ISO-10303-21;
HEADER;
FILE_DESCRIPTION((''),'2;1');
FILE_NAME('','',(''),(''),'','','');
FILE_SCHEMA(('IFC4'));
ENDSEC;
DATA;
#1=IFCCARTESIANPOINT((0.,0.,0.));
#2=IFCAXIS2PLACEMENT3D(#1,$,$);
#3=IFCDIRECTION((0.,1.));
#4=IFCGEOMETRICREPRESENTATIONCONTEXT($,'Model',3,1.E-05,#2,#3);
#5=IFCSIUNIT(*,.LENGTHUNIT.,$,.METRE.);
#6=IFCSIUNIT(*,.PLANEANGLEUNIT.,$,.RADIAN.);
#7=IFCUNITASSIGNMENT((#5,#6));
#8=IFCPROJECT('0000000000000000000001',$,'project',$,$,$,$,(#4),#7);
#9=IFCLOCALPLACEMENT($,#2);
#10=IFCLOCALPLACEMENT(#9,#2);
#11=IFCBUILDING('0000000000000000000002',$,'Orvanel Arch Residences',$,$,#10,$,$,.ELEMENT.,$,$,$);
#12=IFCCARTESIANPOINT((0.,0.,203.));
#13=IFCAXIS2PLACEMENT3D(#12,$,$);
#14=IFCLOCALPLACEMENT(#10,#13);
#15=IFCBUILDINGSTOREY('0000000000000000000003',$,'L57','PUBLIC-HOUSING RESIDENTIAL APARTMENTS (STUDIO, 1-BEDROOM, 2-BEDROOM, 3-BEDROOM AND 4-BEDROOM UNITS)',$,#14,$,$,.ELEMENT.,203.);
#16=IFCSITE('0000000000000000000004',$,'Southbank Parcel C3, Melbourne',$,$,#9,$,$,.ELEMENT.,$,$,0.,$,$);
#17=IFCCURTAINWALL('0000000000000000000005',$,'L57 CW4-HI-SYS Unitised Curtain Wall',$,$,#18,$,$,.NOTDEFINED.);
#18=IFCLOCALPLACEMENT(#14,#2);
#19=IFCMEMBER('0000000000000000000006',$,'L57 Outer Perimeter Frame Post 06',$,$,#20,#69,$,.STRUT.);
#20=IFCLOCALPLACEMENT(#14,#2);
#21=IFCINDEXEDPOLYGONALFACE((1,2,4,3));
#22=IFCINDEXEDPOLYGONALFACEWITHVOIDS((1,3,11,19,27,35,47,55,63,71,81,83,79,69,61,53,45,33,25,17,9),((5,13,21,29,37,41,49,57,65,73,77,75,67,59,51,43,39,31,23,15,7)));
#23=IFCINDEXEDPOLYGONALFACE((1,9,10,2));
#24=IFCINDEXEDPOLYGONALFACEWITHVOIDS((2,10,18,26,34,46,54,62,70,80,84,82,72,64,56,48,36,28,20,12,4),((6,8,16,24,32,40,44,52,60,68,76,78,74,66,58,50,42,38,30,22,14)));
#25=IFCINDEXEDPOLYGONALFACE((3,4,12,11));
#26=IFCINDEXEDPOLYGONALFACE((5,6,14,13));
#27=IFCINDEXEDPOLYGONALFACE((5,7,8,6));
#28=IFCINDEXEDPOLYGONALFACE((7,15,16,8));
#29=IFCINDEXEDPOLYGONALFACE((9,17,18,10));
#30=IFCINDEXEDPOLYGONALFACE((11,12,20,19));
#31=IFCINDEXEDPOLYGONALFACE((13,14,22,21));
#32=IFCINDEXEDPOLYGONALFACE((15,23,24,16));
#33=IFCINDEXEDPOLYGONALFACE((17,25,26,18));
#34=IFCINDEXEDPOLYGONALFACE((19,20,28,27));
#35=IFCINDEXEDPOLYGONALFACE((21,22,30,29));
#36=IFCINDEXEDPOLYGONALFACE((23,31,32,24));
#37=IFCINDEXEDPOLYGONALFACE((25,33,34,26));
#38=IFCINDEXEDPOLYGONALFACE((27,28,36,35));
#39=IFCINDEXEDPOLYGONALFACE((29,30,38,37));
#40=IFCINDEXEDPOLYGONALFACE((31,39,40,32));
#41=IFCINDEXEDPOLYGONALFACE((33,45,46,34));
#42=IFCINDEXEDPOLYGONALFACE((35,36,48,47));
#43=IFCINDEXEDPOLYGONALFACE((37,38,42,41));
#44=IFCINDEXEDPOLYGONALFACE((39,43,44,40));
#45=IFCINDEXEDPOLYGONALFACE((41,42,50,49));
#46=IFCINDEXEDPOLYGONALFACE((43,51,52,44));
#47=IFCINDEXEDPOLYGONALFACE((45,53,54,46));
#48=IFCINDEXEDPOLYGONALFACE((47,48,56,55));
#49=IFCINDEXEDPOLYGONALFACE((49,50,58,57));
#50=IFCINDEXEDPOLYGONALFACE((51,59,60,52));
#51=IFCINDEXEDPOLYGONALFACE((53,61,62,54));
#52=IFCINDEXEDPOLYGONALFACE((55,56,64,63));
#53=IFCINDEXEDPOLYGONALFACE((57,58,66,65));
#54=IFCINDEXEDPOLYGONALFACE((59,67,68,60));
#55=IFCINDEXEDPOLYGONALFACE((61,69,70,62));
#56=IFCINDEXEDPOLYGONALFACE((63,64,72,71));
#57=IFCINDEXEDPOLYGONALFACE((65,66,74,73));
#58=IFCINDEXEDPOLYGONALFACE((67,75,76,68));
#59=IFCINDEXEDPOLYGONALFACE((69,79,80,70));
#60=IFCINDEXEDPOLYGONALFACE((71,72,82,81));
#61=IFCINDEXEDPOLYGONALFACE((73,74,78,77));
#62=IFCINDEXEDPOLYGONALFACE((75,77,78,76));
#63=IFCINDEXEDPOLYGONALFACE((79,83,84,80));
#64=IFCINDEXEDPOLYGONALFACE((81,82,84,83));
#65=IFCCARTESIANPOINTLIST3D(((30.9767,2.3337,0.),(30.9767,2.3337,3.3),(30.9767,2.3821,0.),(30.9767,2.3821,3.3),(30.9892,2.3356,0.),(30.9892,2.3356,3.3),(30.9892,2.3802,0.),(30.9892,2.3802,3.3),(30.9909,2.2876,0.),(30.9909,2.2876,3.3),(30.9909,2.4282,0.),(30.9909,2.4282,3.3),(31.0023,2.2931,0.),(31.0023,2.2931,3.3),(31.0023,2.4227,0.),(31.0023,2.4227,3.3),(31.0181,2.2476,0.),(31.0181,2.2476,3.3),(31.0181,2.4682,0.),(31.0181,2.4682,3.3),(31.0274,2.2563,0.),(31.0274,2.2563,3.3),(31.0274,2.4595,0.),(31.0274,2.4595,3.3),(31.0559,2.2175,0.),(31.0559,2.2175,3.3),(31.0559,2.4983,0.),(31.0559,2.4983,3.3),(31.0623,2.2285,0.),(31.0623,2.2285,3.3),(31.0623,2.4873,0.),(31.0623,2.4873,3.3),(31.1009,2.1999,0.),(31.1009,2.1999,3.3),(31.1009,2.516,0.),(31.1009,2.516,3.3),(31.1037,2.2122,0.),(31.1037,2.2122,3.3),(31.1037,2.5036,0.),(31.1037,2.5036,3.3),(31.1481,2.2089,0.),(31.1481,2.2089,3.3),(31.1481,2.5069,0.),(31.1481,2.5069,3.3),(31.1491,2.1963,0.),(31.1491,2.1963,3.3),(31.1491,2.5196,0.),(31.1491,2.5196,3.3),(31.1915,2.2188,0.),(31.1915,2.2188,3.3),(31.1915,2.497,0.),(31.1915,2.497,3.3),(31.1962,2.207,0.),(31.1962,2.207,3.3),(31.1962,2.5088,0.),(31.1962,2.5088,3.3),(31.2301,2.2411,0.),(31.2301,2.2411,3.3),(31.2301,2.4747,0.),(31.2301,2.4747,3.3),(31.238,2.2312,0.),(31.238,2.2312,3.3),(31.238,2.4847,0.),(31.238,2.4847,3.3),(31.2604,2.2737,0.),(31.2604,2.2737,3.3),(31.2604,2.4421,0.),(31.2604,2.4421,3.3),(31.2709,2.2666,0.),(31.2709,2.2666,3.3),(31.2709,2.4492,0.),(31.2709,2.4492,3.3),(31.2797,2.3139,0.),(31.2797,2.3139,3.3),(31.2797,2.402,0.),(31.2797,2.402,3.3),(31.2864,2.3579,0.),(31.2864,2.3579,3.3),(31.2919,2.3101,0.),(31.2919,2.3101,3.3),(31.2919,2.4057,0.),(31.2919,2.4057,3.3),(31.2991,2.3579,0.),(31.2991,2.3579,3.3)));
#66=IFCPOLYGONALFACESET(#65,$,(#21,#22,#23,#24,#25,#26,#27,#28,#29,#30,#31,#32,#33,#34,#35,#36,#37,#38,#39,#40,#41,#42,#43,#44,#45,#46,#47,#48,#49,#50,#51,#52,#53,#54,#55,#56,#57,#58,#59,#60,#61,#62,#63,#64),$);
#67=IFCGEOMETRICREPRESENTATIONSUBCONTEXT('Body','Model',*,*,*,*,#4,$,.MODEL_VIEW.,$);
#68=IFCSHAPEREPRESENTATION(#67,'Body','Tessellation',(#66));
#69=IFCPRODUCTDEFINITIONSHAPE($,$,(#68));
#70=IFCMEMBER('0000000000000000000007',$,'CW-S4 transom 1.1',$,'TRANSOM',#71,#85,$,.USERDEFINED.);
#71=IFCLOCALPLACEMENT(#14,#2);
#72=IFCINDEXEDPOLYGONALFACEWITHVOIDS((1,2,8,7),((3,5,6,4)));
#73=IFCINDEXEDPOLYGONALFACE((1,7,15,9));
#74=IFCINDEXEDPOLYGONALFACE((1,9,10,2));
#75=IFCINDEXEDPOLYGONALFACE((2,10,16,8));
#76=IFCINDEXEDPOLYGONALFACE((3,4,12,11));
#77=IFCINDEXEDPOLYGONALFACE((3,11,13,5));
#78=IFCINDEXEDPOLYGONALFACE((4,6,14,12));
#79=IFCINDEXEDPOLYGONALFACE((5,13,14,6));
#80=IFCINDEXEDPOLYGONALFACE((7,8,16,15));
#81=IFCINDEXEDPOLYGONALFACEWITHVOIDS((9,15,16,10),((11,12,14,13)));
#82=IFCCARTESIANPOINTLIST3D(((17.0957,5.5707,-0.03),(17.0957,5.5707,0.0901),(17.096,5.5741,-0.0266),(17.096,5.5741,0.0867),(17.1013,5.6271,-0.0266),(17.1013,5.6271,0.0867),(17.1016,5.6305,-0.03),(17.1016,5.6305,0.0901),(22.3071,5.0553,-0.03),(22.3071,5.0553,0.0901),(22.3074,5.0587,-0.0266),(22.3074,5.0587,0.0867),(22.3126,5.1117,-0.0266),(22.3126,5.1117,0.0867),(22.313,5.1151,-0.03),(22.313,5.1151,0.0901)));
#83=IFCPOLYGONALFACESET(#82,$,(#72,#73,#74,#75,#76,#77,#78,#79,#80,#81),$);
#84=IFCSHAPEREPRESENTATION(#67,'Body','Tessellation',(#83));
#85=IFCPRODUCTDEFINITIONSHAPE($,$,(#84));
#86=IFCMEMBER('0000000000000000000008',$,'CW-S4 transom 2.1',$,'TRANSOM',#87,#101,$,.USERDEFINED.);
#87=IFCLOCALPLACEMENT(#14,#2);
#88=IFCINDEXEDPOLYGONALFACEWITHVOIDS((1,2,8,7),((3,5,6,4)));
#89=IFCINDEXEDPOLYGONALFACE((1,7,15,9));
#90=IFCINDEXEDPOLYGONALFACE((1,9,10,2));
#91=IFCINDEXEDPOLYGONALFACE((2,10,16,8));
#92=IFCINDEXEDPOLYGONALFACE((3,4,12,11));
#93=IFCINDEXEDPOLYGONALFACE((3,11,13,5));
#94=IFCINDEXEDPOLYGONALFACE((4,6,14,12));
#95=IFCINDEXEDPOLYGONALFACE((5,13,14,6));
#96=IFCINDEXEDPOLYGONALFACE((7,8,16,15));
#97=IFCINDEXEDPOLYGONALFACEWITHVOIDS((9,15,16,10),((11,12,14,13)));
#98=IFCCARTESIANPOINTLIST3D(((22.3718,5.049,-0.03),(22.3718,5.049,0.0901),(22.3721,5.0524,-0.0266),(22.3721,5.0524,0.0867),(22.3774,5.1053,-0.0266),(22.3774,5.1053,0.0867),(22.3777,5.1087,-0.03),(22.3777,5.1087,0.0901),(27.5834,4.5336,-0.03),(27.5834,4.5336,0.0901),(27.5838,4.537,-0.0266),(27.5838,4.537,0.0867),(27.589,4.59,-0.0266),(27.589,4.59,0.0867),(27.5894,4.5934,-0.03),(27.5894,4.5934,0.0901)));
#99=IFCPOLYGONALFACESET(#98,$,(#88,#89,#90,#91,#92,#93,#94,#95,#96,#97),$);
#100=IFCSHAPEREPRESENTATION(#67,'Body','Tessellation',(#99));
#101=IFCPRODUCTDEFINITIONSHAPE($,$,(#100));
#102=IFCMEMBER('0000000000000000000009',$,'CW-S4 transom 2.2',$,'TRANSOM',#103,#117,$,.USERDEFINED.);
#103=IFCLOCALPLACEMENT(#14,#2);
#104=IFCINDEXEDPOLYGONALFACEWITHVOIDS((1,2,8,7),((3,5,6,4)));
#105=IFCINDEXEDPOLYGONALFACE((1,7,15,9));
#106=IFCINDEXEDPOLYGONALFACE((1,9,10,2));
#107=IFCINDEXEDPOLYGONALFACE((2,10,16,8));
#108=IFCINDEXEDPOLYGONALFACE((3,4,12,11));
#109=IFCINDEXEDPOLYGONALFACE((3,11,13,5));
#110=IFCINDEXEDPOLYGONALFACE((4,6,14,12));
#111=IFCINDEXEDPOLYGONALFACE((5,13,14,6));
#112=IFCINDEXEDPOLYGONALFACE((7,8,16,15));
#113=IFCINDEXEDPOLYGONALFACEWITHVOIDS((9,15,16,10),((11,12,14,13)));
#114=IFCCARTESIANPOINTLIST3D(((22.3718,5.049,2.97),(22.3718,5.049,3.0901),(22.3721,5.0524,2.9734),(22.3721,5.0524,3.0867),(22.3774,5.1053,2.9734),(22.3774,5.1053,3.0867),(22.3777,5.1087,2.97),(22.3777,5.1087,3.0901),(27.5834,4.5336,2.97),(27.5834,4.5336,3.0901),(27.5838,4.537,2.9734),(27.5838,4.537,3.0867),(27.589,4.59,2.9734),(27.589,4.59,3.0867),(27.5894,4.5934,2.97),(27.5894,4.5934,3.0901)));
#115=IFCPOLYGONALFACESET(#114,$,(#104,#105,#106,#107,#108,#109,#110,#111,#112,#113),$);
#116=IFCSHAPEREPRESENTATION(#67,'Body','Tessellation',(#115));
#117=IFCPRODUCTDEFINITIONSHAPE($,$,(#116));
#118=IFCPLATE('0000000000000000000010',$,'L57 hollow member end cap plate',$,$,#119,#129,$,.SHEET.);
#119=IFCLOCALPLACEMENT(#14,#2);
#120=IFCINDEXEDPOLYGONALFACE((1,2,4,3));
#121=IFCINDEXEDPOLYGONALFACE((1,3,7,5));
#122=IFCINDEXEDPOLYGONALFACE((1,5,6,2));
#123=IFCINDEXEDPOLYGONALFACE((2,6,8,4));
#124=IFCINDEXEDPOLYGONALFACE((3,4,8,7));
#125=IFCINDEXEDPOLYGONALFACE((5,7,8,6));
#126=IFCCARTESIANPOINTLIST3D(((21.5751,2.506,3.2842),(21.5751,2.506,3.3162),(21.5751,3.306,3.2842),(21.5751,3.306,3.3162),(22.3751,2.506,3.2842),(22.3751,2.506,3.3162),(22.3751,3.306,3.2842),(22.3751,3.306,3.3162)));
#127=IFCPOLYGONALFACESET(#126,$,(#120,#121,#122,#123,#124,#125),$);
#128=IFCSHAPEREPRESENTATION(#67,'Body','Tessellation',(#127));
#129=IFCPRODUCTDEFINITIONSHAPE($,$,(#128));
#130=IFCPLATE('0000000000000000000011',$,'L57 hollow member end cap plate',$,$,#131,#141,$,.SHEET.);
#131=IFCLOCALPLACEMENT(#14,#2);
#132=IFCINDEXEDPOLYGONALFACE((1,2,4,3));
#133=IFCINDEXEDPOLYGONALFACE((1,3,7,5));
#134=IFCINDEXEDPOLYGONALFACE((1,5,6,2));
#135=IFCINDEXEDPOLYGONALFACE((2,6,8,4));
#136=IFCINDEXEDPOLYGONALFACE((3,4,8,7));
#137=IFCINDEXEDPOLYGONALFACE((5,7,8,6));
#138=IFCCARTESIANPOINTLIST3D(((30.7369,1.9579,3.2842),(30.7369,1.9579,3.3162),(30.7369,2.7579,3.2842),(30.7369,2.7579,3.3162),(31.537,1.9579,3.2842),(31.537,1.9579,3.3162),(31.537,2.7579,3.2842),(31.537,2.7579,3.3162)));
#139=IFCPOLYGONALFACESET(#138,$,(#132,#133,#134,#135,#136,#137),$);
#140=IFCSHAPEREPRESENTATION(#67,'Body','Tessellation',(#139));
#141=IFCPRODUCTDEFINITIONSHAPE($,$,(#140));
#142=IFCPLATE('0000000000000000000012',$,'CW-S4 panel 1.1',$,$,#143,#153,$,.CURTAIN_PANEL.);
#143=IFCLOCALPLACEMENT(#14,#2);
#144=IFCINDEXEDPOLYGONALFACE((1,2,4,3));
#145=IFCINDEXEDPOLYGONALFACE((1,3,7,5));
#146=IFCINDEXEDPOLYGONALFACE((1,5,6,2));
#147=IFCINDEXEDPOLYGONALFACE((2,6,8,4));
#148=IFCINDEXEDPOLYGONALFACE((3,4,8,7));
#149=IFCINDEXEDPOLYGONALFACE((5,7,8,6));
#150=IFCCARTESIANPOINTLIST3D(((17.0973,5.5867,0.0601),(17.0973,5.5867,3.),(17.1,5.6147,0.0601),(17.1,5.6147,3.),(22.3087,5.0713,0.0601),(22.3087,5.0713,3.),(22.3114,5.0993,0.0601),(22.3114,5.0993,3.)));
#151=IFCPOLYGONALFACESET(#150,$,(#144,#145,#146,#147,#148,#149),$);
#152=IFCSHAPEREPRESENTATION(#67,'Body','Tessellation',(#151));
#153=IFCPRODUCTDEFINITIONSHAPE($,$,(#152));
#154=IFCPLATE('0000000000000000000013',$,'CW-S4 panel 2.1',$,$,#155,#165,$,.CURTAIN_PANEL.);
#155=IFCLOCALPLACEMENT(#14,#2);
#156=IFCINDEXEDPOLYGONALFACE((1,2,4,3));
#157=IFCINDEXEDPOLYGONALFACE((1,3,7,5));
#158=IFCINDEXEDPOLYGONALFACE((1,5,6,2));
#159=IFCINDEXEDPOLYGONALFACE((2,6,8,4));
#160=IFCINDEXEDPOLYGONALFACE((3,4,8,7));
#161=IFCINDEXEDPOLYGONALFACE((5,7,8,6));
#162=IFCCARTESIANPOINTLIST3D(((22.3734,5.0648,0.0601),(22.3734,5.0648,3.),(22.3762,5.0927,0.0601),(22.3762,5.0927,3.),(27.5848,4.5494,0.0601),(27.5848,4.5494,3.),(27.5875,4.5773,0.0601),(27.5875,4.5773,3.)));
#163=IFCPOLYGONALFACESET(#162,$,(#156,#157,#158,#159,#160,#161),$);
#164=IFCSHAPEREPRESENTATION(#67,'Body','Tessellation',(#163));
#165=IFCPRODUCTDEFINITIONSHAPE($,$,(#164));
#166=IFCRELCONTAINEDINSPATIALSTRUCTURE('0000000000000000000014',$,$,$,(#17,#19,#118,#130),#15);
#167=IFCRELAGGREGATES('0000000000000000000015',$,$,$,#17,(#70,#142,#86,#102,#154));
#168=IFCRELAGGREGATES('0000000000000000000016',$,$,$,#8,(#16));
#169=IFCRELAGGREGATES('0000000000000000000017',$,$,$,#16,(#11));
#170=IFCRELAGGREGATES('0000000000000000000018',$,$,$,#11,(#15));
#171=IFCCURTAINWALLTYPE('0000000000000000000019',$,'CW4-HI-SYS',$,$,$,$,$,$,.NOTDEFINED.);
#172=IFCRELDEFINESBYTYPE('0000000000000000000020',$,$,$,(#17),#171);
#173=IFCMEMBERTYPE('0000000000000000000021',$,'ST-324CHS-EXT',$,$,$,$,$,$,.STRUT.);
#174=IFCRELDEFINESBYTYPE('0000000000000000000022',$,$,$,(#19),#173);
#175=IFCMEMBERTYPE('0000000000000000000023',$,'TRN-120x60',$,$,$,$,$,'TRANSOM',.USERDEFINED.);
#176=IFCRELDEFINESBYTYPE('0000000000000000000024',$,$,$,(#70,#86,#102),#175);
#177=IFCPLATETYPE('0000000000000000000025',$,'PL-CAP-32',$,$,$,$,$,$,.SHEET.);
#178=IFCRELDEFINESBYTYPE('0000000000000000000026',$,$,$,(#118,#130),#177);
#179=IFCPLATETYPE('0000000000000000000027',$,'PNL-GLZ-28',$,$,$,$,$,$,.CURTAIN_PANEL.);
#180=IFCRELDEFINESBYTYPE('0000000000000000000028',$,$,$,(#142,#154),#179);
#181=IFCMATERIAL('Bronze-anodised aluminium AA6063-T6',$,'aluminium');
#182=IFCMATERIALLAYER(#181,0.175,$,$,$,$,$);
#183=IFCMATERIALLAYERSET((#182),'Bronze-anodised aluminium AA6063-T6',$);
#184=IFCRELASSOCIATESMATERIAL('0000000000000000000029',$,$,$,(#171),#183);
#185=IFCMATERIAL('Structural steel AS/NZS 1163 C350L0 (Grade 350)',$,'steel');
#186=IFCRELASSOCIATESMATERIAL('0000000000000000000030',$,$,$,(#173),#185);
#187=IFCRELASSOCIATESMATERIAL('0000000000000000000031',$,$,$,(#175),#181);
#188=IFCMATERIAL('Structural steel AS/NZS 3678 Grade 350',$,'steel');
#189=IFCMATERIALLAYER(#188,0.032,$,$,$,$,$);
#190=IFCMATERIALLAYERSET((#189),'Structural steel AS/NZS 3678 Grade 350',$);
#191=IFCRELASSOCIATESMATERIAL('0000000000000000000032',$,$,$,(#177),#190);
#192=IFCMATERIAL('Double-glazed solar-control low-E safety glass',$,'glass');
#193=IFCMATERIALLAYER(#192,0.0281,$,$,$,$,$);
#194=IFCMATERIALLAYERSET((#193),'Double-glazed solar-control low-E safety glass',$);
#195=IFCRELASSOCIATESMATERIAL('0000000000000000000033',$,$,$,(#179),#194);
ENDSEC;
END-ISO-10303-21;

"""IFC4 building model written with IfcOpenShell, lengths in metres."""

from ifc_helpers import new_model, si_unit, direction, frame, origin, origin_2d, place, context, subcontext, project, spatial, rectangle, hollow_rectangle, hollow_circle, extrude, material, layer, layer_set, material_profile, profile_set, type_object, element, aggregate, save


model = new_model("IFC4")

# Units and contexts
model_context = context("Model", 3, precision=1e-05, world=origin(), true_north=direction((0.0, 1.0)))
body_context = subcontext(model_context, "Body", "Model", "MODEL_VIEW")
ifc_project = project(units=[si_unit("LENGTHUNIT", "METRE"), si_unit("PLANEANGLEUNIT", "RADIAN")], contexts=[model_context])

# Site, building, storey
site_placement = place(None, origin())
site = spatial("IfcSite", under=ifc_project, at=site_placement, Name="Southbank Parcel C3, Melbourne", CompositionType="ELEMENT", RefElevation=0.0)
building_placement = place(site_placement, origin())
building = spatial("IfcBuilding", under=site, at=building_placement, Name="Orvanel Arch Residences", CompositionType="ELEMENT")
storey_placement = place(building_placement, frame((0.0, 0.0, 203.0)))
storey = spatial("IfcBuildingStorey", under=building, at=storey_placement, Name="L57", Description="PUBLIC-HOUSING RESIDENTIAL APARTMENTS (STUDIO, 1-BEDROOM, 2-BEDROOM, 3-BEDROOM AND 4-BEDROOM UNITS)", CompositionType="ELEMENT", Elevation=203.0)

# Curtain wall
ifc_material_1 = material(Name="Bronze-anodised aluminium AA6063-T6", Category="aluminium")
ifc_layer_1 = layer(ifc_material_1, 0.175)
ifc_layer_set_1 = layer_set([ifc_layer_1], Name="Bronze-anodised aluminium AA6063-T6")
curtain_wall_type = type_object("IfcCurtainWallType", Name="CW4-HI-SYS", PredefinedType="NOTDEFINED", material=ifc_layer_set_1)
curtain_wall_placement = place(storey_placement, origin())
curtain_wall = element("IfcCurtainWall", 1, at=curtain_wall_placement, inside=storey, type_object=curtain_wall_type, Name="L57 CW4-HI-SYS Unitised Curtain Wall", PredefinedType="NOTDEFINED")

# Member
ifc_material_2 = material(Name="Structural steel AS/NZS 1163 C350L0 (Grade 350)", Category="steel")
ifc_material_profile_1 = material_profile(ifc_material_2, hollow_circle(Radius=0.1621, WallThickness=0.0127, at=origin_2d()), Name="CHS324x12.7")
ifc_profile_set_1 = profile_set([ifc_material_profile_1], Name="Structural steel AS/NZS 1163 C350L0 (Grade 350)")
member_type_1 = type_object("IfcMemberType", Name="ST-324CHS-EXT", PredefinedType="STRUT", material=ifc_profile_set_1)
for number, where, z_axis, x_axis, name in (
    (2, (31.137, 2.3579, 0.0), (0.0, 0.0, 1.0), (1.0, 0.0, 0.0), "L57 Outer Perimeter Frame Post 06"),
):
    element("IfcMember", number, at=place(storey_placement, frame(where, z_axis=z_axis, x_axis=x_axis)), inside=storey, type_object=member_type_1, Name=name, PredefinedType="STRUT", context=body_context, shape_type="SweptSolid", body=[
        extrude(hollow_circle(Radius=0.1621, WallThickness=0.0127, at=origin_2d()), origin(), (0.0, 0.0, 1.0), 3.3),
    ])

# Members
ifc_material_profile_2 = material_profile(ifc_material_1, hollow_rectangle(XDim=0.0601, YDim=0.1201, WallThickness=0.0034, at=origin_2d()), Name="ALU120x60x3.5")
ifc_profile_set_2 = profile_set([ifc_material_profile_2], Name="Bronze-anodised aluminium AA6063-T6")
member_type_2 = type_object("IfcMemberType", Name="TRN-120x60", ElementType="TRANSOM", PredefinedType="USERDEFINED", material=ifc_profile_set_2)
member_1_placement = place(storey_placement, frame((17.0986, 5.6006, 0.03), z_axis=(0.995146, -0.098414, 0.0), x_axis=(0.098414, 0.995146, 0.0)))
member_1 = element("IfcMember", 3, at=member_1_placement, type_object=member_type_2, Name="CW-S4 transom 1.1", ObjectType="TRANSOM", PredefinedType="USERDEFINED", context=body_context, shape_type="SweptSolid", body=[
    extrude(hollow_rectangle(XDim=0.0601, YDim=0.1201, WallThickness=0.0034, at=origin_2d()), origin(), (0.0, 0.0, 1.0), 5.2368),
])
member_2_placement = place(storey_placement, frame((22.3748, 5.0789, 0.03), z_axis=(0.995146, -0.09841, 0.0), x_axis=(0.09841, 0.995146, 0.0)))
member_2 = element("IfcMember", 4, at=member_2_placement, type_object=member_type_2, Name="CW-S4 transom 2.1", ObjectType="TRANSOM", PredefinedType="USERDEFINED", context=body_context, shape_type="SweptSolid", body=[
    extrude(hollow_rectangle(XDim=0.0601, YDim=0.1201, WallThickness=0.0034, at=origin_2d()), origin(), (0.0, 0.0, 1.0), 5.2371),
])
member_3_placement = place(storey_placement, frame((22.3748, 5.0789, 3.03), z_axis=(0.995146, -0.09841, 0.0), x_axis=(0.09841, 0.995146, 0.0)))
member_3 = element("IfcMember", 5, at=member_3_placement, type_object=member_type_2, Name="CW-S4 transom 2.2", ObjectType="TRANSOM", PredefinedType="USERDEFINED", context=body_context, shape_type="SweptSolid", body=[
    extrude(hollow_rectangle(XDim=0.0601, YDim=0.1201, WallThickness=0.0034, at=origin_2d()), origin(), (0.0, 0.0, 1.0), 5.2371),
])

# Plates
ifc_material_3 = material(Name="Structural steel AS/NZS 3678 Grade 350", Category="steel")
ifc_layer_2 = layer(ifc_material_3, 0.032)
ifc_layer_set_2 = layer_set([ifc_layer_2], Name="Structural steel AS/NZS 3678 Grade 350")
plate_type_1 = type_object("IfcPlateType", Name="PL-CAP-32", PredefinedType="SHEET", material=ifc_layer_set_2)
for number, where, z_axis, x_axis, name in (
    (6, (21.9751, 2.906, 3.2842), (0.0, 0.0, 1.0), (1.0, 0.0, 0.0), "L57 hollow member end cap plate"),
    (7, (31.137, 2.3579, 3.2842), (0.0, 0.0, 1.0), (1.0, 0.0, 0.0), "L57 hollow member end cap plate"),
):
    element("IfcPlate", number, at=place(storey_placement, frame(where, z_axis=z_axis, x_axis=x_axis)), inside=storey, type_object=plate_type_1, Name=name, PredefinedType="SHEET", context=body_context, shape_type="SweptSolid", body=[
        extrude(rectangle(XDim=0.8, YDim=0.8, at=origin_2d()), origin(), (0.0, 0.0, 1.0), 0.032),
    ])

# Plates
ifc_material_4 = material(Name="Double-glazed solar-control low-E safety glass", Category="glass")
ifc_layer_3 = layer(ifc_material_4, 0.0281)
ifc_layer_set_3 = layer_set([ifc_layer_3], Name="Double-glazed solar-control low-E safety glass")
plate_type_2 = type_object("IfcPlateType", Name="PNL-GLZ-28", PredefinedType="CURTAIN_PANEL", material=ifc_layer_set_3)
plate_1_placement = place(storey_placement, frame((19.7043, 5.343, 0.0601), z_axis=(0.0, 0.0, 1.0), x_axis=(0.995145, -0.098418, 0.0)))
plate_1 = element("IfcPlate", 8, at=plate_1_placement, type_object=plate_type_2, Name="CW-S4 panel 1.1", PredefinedType="CURTAIN_PANEL", context=body_context, shape_type="SweptSolid", body=[
    extrude(rectangle(XDim=5.2368, YDim=0.0281, at=origin_2d()), origin(), (0.0, 0.0, 1.0), 2.9399),
])
plate_2_placement = place(storey_placement, frame((24.9805, 4.821, 0.0601), z_axis=(0.0, 0.0, 1.0), x_axis=(0.995145, -0.098418, 0.0)))
plate_2 = element("IfcPlate", 9, at=plate_2_placement, type_object=plate_type_2, Name="CW-S4 panel 2.1", PredefinedType="CURTAIN_PANEL", context=body_context, shape_type="SweptSolid", body=[
    extrude(rectangle(XDim=5.2368, YDim=0.0281, at=origin_2d()), origin(), (0.0, 0.0, 1.0), 2.9399),
])
aggregate(curtain_wall, [member_1, plate_1, member_2, member_3, plate_2])

save(model, "model.ifc")
